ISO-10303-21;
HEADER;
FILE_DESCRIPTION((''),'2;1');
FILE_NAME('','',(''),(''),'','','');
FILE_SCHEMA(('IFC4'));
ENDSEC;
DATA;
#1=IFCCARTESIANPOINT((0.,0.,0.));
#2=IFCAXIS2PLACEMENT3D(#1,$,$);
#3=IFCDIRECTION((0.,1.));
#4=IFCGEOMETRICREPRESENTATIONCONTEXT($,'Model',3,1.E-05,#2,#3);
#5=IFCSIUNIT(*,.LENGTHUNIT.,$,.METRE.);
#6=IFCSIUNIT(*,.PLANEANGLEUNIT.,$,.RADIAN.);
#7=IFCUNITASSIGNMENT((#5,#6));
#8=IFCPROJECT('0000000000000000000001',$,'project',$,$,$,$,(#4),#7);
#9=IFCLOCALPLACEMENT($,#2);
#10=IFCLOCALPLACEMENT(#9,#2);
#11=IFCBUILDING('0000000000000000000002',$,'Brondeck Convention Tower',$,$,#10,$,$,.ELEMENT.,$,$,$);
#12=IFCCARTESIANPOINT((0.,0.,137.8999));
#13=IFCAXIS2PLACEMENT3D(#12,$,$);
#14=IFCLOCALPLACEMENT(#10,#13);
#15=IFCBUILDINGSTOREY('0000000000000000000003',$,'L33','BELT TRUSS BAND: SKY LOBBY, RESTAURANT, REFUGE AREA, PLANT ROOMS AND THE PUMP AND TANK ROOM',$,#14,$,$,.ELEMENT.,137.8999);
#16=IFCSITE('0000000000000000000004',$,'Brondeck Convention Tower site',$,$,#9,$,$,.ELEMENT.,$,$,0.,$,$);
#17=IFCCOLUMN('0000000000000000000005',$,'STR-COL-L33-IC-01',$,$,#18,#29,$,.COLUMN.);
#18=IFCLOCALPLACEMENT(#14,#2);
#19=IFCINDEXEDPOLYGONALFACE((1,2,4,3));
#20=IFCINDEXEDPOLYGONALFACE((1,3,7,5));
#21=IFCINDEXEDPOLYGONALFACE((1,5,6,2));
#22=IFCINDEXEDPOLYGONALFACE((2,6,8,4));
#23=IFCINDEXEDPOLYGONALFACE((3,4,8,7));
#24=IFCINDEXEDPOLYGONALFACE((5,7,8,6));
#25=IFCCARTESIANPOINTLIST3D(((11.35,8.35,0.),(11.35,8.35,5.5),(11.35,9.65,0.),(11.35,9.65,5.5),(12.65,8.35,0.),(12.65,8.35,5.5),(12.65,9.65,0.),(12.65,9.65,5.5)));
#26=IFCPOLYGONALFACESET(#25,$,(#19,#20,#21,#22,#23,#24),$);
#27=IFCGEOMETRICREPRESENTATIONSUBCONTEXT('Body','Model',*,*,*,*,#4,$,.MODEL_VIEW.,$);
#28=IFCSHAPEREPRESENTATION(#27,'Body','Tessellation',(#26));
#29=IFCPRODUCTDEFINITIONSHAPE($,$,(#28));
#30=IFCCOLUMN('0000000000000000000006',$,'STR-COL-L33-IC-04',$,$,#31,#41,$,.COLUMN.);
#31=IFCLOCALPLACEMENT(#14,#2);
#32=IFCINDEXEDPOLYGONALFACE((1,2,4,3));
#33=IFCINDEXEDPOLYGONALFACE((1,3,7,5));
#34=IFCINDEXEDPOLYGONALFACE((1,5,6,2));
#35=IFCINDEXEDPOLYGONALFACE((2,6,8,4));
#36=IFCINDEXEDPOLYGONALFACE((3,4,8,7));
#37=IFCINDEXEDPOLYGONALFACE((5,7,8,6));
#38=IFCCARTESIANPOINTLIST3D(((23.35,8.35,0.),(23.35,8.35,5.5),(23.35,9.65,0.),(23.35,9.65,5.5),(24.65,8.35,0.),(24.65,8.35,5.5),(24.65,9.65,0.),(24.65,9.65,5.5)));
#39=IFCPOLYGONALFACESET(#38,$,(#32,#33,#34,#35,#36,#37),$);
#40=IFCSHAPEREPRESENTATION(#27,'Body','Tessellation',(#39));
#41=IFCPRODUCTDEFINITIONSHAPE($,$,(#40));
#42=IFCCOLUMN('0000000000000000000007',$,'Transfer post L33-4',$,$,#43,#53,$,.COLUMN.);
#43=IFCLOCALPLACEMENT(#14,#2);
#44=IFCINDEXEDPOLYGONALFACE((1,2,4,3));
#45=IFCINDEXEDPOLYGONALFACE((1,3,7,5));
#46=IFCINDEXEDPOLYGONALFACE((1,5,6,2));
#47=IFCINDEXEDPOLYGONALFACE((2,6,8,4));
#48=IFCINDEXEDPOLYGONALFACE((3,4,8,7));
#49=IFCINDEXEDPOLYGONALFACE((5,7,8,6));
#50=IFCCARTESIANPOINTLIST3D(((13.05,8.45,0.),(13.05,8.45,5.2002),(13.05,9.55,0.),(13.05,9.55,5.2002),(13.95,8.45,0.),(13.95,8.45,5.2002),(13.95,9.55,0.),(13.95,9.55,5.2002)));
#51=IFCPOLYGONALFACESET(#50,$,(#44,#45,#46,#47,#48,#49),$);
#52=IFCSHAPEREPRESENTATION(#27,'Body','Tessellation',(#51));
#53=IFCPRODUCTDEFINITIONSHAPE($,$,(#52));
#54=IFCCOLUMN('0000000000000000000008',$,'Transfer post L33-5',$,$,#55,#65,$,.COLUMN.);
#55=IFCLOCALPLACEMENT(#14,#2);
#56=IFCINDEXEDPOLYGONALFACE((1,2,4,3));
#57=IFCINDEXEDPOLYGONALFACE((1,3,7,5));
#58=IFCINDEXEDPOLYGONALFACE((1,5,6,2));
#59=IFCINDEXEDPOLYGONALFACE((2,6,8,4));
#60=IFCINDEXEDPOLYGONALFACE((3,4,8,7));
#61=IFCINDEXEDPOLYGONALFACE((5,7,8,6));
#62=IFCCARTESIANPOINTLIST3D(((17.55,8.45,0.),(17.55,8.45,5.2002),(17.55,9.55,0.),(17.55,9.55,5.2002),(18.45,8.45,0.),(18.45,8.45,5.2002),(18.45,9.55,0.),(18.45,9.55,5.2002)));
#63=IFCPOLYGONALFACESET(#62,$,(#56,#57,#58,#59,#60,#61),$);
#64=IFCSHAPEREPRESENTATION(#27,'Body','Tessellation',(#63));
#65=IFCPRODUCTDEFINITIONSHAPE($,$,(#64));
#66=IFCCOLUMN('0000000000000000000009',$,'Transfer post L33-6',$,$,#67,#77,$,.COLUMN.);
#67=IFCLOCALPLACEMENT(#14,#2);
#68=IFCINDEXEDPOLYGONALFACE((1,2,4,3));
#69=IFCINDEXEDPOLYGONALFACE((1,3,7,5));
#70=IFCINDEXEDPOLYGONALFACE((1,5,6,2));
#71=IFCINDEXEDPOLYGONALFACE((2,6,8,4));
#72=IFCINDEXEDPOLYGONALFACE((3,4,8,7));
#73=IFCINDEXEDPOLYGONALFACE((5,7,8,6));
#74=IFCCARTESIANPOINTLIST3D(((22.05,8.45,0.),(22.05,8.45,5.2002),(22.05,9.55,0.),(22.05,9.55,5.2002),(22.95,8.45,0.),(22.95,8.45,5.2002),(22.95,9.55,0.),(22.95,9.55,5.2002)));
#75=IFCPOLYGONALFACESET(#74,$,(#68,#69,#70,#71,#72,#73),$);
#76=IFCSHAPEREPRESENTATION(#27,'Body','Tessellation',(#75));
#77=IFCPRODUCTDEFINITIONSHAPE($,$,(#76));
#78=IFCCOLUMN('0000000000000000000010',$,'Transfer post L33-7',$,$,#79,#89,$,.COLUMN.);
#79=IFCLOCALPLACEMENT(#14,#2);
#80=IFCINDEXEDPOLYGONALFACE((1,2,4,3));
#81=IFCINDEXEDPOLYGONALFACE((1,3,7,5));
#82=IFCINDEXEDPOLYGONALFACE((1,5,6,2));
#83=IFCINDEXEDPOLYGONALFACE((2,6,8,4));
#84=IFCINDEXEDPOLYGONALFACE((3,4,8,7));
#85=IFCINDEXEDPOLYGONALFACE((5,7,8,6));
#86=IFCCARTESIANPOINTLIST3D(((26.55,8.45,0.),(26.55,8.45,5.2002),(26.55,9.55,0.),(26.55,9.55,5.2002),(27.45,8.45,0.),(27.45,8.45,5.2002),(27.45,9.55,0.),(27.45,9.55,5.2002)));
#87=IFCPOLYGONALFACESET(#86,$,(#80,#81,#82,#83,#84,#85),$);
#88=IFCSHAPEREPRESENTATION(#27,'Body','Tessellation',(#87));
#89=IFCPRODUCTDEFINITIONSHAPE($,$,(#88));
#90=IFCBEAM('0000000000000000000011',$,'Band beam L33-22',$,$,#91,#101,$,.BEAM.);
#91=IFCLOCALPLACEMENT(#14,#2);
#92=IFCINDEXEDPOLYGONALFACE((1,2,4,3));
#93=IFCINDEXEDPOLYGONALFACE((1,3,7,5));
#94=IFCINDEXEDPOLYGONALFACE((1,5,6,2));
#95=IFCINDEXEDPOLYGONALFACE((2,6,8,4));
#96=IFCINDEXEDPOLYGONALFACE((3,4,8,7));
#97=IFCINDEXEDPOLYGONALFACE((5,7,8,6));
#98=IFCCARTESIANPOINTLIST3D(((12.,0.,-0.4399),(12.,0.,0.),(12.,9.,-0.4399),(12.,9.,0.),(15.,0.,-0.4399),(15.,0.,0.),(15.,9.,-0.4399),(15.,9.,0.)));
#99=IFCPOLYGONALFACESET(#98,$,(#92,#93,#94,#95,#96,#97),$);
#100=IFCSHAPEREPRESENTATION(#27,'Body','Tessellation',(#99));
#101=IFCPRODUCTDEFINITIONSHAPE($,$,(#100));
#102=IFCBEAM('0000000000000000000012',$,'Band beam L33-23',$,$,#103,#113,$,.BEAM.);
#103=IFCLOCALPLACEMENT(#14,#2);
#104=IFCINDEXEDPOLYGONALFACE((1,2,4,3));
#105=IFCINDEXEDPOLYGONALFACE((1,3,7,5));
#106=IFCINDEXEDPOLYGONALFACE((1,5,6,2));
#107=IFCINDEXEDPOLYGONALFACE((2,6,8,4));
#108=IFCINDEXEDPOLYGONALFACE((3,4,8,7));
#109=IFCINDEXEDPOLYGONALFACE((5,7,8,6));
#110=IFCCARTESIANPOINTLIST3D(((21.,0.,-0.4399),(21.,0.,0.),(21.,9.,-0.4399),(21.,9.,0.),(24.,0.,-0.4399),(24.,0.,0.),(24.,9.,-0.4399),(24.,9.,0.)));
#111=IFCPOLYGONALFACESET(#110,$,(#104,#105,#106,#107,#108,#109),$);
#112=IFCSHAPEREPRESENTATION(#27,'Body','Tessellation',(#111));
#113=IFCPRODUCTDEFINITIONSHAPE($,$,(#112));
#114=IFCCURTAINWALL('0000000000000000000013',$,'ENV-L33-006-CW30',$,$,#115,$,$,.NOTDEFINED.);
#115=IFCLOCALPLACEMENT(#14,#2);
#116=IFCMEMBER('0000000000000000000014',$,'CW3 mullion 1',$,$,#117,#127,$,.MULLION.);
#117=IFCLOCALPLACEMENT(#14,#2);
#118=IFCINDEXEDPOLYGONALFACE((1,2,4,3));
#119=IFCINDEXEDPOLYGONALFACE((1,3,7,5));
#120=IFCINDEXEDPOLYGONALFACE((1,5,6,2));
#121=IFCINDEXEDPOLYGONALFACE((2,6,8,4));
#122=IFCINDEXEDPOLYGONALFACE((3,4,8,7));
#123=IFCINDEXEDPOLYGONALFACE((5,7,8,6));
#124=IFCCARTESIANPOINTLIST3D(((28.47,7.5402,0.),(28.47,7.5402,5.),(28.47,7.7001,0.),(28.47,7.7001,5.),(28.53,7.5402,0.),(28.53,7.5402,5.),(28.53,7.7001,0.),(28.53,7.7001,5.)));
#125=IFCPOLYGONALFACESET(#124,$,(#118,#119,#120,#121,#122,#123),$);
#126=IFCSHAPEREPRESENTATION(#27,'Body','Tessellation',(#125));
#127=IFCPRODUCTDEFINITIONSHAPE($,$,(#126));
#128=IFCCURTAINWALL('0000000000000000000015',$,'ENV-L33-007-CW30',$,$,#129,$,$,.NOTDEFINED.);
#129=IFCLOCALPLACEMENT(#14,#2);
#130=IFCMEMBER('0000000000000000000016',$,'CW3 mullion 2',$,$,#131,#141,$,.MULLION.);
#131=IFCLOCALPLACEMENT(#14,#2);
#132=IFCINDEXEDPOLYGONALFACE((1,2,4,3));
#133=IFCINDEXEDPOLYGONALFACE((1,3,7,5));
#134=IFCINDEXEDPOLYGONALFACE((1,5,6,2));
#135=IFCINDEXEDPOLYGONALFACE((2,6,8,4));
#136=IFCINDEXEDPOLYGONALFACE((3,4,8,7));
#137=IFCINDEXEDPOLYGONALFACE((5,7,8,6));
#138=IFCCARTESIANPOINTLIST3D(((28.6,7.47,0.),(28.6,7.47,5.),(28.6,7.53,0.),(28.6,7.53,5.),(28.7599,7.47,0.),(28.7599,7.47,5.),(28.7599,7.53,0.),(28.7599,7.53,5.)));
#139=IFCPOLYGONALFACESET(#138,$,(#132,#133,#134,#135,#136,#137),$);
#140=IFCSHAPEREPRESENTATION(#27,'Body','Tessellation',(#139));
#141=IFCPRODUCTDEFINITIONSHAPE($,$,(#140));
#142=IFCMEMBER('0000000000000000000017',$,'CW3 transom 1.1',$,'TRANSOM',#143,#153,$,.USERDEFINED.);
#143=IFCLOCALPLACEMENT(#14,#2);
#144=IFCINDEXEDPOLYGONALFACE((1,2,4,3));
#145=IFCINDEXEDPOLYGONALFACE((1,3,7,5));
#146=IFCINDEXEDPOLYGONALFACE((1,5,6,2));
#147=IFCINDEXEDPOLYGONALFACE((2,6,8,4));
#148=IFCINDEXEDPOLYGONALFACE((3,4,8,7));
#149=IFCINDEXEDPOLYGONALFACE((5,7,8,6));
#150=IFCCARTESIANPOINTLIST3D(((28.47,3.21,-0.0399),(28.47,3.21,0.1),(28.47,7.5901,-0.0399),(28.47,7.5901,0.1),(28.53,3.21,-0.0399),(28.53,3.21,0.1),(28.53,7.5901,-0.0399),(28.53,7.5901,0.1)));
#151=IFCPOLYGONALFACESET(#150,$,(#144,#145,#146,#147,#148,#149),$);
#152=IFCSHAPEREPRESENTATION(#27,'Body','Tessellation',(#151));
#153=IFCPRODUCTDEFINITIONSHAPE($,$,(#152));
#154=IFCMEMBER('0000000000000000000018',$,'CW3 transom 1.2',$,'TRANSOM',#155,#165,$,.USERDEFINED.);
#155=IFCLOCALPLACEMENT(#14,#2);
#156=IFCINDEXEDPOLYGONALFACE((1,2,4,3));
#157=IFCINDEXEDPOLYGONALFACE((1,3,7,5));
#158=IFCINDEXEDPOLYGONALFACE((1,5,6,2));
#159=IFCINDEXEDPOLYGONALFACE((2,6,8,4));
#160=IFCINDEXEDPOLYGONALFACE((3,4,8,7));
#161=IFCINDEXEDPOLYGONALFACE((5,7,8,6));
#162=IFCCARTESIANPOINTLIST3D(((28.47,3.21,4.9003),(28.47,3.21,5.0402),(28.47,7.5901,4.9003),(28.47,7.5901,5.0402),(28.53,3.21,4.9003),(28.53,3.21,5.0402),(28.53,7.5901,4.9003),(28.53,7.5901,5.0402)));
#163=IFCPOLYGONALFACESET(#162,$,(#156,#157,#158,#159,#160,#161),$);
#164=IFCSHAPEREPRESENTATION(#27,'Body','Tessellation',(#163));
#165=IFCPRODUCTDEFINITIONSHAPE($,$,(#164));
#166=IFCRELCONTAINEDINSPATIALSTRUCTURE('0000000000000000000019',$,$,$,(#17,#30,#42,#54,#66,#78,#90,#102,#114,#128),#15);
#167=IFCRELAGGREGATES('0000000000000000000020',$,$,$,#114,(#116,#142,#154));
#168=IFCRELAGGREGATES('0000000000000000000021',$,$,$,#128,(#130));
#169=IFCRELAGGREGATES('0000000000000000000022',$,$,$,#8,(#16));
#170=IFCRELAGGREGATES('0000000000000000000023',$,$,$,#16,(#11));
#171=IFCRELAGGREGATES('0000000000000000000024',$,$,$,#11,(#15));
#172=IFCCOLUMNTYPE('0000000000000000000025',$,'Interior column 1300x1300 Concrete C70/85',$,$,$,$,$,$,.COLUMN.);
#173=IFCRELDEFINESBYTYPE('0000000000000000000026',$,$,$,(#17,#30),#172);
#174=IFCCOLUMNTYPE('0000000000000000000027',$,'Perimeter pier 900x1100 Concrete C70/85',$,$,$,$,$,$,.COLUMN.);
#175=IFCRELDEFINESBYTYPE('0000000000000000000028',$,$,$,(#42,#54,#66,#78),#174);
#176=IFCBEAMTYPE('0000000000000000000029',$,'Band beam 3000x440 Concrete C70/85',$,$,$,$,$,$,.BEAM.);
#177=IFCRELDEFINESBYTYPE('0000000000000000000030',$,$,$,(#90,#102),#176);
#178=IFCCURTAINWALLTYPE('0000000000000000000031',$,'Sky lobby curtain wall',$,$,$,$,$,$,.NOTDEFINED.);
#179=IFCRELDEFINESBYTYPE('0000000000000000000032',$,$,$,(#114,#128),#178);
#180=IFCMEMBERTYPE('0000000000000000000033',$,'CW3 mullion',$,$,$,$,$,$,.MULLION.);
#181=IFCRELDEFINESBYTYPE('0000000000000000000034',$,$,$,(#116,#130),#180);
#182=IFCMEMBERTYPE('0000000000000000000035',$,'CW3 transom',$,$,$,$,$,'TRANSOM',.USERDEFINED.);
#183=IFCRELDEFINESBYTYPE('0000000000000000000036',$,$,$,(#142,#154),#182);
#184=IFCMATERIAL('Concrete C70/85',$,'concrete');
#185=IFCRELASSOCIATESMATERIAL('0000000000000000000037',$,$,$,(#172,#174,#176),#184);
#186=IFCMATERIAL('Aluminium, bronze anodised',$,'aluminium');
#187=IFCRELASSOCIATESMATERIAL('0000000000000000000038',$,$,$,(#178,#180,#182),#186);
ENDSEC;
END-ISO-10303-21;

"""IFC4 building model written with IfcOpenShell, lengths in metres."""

from ifc_helpers import new_model, si_unit, direction, frame, origin, origin_2d, place, context, subcontext, project, spatial, rectangle, extrude, material, material_profile, profile_set, type_object, element, aggregate, save


model = new_model("IFC4")

# Units and contexts
model_context = context("Model", 3, precision=1e-05, world=origin(), true_north=direction((0.0, 1.0)))
body_context = subcontext(model_context, "Body", "Model", "MODEL_VIEW")
ifc_project = project(units=[si_unit("LENGTHUNIT", "METRE"), si_unit("PLANEANGLEUNIT", "RADIAN")], contexts=[model_context])

# Site, building, storey
site_placement = place(None, origin())
site = spatial("IfcSite", under=ifc_project, at=site_placement, Name="Brondeck Convention Tower site", CompositionType="ELEMENT", RefElevation=0.0)
building_placement = place(site_placement, origin())
building = spatial("IfcBuilding", under=site, at=building_placement, Name="Brondeck Convention Tower", CompositionType="ELEMENT")
storey_placement = place(building_placement, frame((0.0, 0.0, 137.8999)))
storey = spatial("IfcBuildingStorey", under=building, at=storey_placement, Name="L33", Description="BELT TRUSS BAND: SKY LOBBY, RESTAURANT, REFUGE AREA, PLANT ROOMS AND THE PUMP AND TANK ROOM", CompositionType="ELEMENT", Elevation=137.8999)

# Columns
ifc_material_1 = material(Name="Concrete C70/85", Category="concrete")
ifc_material_profile_1 = material_profile(ifc_material_1, rectangle(XDim=1.3, YDim=1.3, at=origin_2d()), Name="Interior column 1300x1300 Concrete C70/85")
ifc_profile_set_1 = profile_set([ifc_material_profile_1], Name="Concrete C70/85")
column_type_1 = type_object("IfcColumnType", Name="Interior column 1300x1300 Concrete C70/85", PredefinedType="COLUMN", material=ifc_profile_set_1)
for number, where, z_axis, x_axis, name in (
    (1, (12.0, 9.0, 0.0), (0.0, 0.0, 1.0), (1.0, 0.0, 0.0), "STR-COL-L33-IC-01"),
    (2, (24.0, 9.0, 0.0), (0.0, 0.0, 1.0), (1.0, 0.0, 0.0), "STR-COL-L33-IC-04"),
):
    element("IfcColumn", number, at=place(storey_placement, frame(where, z_axis=z_axis, x_axis=x_axis)), inside=storey, type_object=column_type_1, Name=name, PredefinedType="COLUMN", context=body_context, shape_type="SweptSolid", body=[
        extrude(rectangle(XDim=1.3, YDim=1.3, at=origin_2d()), origin(), (0.0, 0.0, 1.0), 5.5),
    ])
ifc_material_profile_2 = material_profile(ifc_material_1, rectangle(XDim=0.8999, YDim=1.1001, at=origin_2d()), Name="Perimeter pier 900x1100 Concrete C70/85")
ifc_profile_set_2 = profile_set([ifc_material_profile_2], Name="Concrete C70/85")
column_type_2 = type_object("IfcColumnType", Name="Perimeter pier 900x1100 Concrete C70/85", PredefinedType="COLUMN", material=ifc_profile_set_2)
for number, where, z_axis, x_axis, name in (
    (3, (13.5, 9.0, 0.0), (0.0, 0.0, 1.0), (1.0, 0.0, 0.0), "Transfer post L33-4"),
    (4, (18.0, 9.0, 0.0), (0.0, 0.0, 1.0), (1.0, 0.0, 0.0), "Transfer post L33-5"),
    (5, (22.5, 9.0, 0.0), (0.0, 0.0, 1.0), (1.0, 0.0, 0.0), "Transfer post L33-6"),
    (6, (27.0, 9.0, 0.0), (0.0, 0.0, 1.0), (1.0, 0.0, 0.0), "Transfer post L33-7"),
):
    element("IfcColumn", number, at=place(storey_placement, frame(where, z_axis=z_axis, x_axis=x_axis)), inside=storey, type_object=column_type_2, Name=name, PredefinedType="COLUMN", context=body_context, shape_type="SweptSolid", body=[
        extrude(rectangle(XDim=0.8999, YDim=1.1001, at=origin_2d()), origin(), (0.0, 0.0, 1.0), 5.2002),
    ])

# Beams
ifc_material_profile_3 = material_profile(ifc_material_1, rectangle(XDim=3.0, YDim=0.4399, at=origin_2d()), Name="Band beam 3000x440 Concrete C70/85")
ifc_profile_set_3 = profile_set([ifc_material_profile_3], Name="Concrete C70/85")
beam_type_1 = type_object("IfcBeamType", Name="Band beam 3000x440 Concrete C70/85", PredefinedType="BEAM", material=ifc_profile_set_3)
for number, where, z_axis, x_axis, name in (
    (7, (13.5, 9.0, -0.22), (0.0, -1.0, 0.0), (1.0, 0.0, 0.0), "Band beam L33-22"),
    (8, (22.5, 9.0, -0.22), (0.0, -1.0, 0.0), (1.0, 0.0, 0.0), "Band beam L33-23"),
):
    element("IfcBeam", number, at=place(storey_placement, frame(where, z_axis=z_axis, x_axis=x_axis)), inside=storey, type_object=beam_type_1, Name=name, PredefinedType="BEAM", context=body_context, shape_type="SweptSolid", body=[
        extrude(rectangle(XDim=3.0, YDim=0.4399, at=origin_2d()), origin(), (0.0, 0.0, 1.0), 9.0),
    ])

# Curtain walls, members
ifc_material_2 = material(Name="Aluminium, bronze anodised", Category="aluminium")
curtain_wall_type = type_object("IfcCurtainWallType", Name="Sky lobby curtain wall", PredefinedType="NOTDEFINED", material=ifc_material_2)
curtain_wall_1_placement = place(storey_placement, origin())
curtain_wall_1 = element("IfcCurtainWall", 9, at=curtain_wall_1_placement, inside=storey, type_object=curtain_wall_type, Name="ENV-L33-006-CW30", PredefinedType="NOTDEFINED")
ifc_material_profile_4 = material_profile(ifc_material_2, rectangle(XDim=0.0601, YDim=0.1599, at=origin_2d()), Name="CW3 mullion")
ifc_profile_set_4 = profile_set([ifc_material_profile_4], Name="Aluminium, bronze anodised")
member_type_1 = type_object("IfcMemberType", Name="CW3 mullion", PredefinedType="MULLION", material=ifc_profile_set_4)
member_1_placement = place(storey_placement, frame((28.5, 7.6201, 0.0), z_axis=(0.0, 0.0, 1.0), x_axis=(1.0, 0.0, 0.0)))
member_1 = element("IfcMember", 10, at=member_1_placement, type_object=member_type_1, Name="CW3 mullion 1", PredefinedType="MULLION", context=body_context, shape_type="SweptSolid", body=[
    extrude(rectangle(XDim=0.0601, YDim=0.1599, at=origin_2d()), origin(), (0.0, 0.0, 1.0), 5.0),
])
curtain_wall_2_placement = place(storey_placement, origin())
curtain_wall_2 = element("IfcCurtainWall", 11, at=curtain_wall_2_placement, inside=storey, type_object=curtain_wall_type, Name="ENV-L33-007-CW30", PredefinedType="NOTDEFINED")
member_2_placement = place(storey_placement, frame((28.6799, 7.5, 0.0), z_axis=(0.0, 0.0, 1.0), x_axis=(0.0, -1.0, 0.0)))
member_2 = element("IfcMember", 12, at=member_2_placement, type_object=member_type_1, Name="CW3 mullion 2", PredefinedType="MULLION", context=body_context, shape_type="SweptSolid", body=[
    extrude(rectangle(XDim=0.0601, YDim=0.1599, at=origin_2d()), origin(), (0.0, 0.0, 1.0), 5.0),
])

# Members
ifc_material_profile_5 = material_profile(ifc_material_2, rectangle(XDim=0.0601, YDim=0.1399, at=origin_2d()), Name="CW3 transom")
ifc_profile_set_5 = profile_set([ifc_material_profile_5], Name="Aluminium, bronze anodised")
member_type_2 = type_object("IfcMemberType", Name="CW3 transom", ElementType="TRANSOM", PredefinedType="USERDEFINED", material=ifc_profile_set_5)
member_3_placement = place(storey_placement, frame((28.5, 7.5901, 0.03), z_axis=(0.0, -1.0, 0.0), x_axis=(1.0, 0.0, 0.0)))
member_3 = element("IfcMember", 13, at=member_3_placement, type_object=member_type_2, Name="CW3 transom 1.1", ObjectType="TRANSOM", PredefinedType="USERDEFINED", context=body_context, shape_type="SweptSolid", body=[
    extrude(rectangle(XDim=0.0601, YDim=0.1399, at=origin_2d()), origin(), (0.0, 0.0, 1.0), 4.3801),
])
member_4_placement = place(storey_placement, frame((28.5, 7.5901, 4.9702), z_axis=(0.0, -1.0, 0.0), x_axis=(1.0, 0.0, 0.0)))
member_4 = element("IfcMember", 14, at=member_4_placement, type_object=member_type_2, Name="CW3 transom 1.2", ObjectType="TRANSOM", PredefinedType="USERDEFINED", context=body_context, shape_type="SweptSolid", body=[
    extrude(rectangle(XDim=0.0601, YDim=0.1399, at=origin_2d()), origin(), (0.0, 0.0, 1.0), 4.3801),
])

aggregate(curtain_wall_1, [member_1, member_3, member_4])
aggregate(curtain_wall_2, [member_2])

save(model, "model.ifc")
